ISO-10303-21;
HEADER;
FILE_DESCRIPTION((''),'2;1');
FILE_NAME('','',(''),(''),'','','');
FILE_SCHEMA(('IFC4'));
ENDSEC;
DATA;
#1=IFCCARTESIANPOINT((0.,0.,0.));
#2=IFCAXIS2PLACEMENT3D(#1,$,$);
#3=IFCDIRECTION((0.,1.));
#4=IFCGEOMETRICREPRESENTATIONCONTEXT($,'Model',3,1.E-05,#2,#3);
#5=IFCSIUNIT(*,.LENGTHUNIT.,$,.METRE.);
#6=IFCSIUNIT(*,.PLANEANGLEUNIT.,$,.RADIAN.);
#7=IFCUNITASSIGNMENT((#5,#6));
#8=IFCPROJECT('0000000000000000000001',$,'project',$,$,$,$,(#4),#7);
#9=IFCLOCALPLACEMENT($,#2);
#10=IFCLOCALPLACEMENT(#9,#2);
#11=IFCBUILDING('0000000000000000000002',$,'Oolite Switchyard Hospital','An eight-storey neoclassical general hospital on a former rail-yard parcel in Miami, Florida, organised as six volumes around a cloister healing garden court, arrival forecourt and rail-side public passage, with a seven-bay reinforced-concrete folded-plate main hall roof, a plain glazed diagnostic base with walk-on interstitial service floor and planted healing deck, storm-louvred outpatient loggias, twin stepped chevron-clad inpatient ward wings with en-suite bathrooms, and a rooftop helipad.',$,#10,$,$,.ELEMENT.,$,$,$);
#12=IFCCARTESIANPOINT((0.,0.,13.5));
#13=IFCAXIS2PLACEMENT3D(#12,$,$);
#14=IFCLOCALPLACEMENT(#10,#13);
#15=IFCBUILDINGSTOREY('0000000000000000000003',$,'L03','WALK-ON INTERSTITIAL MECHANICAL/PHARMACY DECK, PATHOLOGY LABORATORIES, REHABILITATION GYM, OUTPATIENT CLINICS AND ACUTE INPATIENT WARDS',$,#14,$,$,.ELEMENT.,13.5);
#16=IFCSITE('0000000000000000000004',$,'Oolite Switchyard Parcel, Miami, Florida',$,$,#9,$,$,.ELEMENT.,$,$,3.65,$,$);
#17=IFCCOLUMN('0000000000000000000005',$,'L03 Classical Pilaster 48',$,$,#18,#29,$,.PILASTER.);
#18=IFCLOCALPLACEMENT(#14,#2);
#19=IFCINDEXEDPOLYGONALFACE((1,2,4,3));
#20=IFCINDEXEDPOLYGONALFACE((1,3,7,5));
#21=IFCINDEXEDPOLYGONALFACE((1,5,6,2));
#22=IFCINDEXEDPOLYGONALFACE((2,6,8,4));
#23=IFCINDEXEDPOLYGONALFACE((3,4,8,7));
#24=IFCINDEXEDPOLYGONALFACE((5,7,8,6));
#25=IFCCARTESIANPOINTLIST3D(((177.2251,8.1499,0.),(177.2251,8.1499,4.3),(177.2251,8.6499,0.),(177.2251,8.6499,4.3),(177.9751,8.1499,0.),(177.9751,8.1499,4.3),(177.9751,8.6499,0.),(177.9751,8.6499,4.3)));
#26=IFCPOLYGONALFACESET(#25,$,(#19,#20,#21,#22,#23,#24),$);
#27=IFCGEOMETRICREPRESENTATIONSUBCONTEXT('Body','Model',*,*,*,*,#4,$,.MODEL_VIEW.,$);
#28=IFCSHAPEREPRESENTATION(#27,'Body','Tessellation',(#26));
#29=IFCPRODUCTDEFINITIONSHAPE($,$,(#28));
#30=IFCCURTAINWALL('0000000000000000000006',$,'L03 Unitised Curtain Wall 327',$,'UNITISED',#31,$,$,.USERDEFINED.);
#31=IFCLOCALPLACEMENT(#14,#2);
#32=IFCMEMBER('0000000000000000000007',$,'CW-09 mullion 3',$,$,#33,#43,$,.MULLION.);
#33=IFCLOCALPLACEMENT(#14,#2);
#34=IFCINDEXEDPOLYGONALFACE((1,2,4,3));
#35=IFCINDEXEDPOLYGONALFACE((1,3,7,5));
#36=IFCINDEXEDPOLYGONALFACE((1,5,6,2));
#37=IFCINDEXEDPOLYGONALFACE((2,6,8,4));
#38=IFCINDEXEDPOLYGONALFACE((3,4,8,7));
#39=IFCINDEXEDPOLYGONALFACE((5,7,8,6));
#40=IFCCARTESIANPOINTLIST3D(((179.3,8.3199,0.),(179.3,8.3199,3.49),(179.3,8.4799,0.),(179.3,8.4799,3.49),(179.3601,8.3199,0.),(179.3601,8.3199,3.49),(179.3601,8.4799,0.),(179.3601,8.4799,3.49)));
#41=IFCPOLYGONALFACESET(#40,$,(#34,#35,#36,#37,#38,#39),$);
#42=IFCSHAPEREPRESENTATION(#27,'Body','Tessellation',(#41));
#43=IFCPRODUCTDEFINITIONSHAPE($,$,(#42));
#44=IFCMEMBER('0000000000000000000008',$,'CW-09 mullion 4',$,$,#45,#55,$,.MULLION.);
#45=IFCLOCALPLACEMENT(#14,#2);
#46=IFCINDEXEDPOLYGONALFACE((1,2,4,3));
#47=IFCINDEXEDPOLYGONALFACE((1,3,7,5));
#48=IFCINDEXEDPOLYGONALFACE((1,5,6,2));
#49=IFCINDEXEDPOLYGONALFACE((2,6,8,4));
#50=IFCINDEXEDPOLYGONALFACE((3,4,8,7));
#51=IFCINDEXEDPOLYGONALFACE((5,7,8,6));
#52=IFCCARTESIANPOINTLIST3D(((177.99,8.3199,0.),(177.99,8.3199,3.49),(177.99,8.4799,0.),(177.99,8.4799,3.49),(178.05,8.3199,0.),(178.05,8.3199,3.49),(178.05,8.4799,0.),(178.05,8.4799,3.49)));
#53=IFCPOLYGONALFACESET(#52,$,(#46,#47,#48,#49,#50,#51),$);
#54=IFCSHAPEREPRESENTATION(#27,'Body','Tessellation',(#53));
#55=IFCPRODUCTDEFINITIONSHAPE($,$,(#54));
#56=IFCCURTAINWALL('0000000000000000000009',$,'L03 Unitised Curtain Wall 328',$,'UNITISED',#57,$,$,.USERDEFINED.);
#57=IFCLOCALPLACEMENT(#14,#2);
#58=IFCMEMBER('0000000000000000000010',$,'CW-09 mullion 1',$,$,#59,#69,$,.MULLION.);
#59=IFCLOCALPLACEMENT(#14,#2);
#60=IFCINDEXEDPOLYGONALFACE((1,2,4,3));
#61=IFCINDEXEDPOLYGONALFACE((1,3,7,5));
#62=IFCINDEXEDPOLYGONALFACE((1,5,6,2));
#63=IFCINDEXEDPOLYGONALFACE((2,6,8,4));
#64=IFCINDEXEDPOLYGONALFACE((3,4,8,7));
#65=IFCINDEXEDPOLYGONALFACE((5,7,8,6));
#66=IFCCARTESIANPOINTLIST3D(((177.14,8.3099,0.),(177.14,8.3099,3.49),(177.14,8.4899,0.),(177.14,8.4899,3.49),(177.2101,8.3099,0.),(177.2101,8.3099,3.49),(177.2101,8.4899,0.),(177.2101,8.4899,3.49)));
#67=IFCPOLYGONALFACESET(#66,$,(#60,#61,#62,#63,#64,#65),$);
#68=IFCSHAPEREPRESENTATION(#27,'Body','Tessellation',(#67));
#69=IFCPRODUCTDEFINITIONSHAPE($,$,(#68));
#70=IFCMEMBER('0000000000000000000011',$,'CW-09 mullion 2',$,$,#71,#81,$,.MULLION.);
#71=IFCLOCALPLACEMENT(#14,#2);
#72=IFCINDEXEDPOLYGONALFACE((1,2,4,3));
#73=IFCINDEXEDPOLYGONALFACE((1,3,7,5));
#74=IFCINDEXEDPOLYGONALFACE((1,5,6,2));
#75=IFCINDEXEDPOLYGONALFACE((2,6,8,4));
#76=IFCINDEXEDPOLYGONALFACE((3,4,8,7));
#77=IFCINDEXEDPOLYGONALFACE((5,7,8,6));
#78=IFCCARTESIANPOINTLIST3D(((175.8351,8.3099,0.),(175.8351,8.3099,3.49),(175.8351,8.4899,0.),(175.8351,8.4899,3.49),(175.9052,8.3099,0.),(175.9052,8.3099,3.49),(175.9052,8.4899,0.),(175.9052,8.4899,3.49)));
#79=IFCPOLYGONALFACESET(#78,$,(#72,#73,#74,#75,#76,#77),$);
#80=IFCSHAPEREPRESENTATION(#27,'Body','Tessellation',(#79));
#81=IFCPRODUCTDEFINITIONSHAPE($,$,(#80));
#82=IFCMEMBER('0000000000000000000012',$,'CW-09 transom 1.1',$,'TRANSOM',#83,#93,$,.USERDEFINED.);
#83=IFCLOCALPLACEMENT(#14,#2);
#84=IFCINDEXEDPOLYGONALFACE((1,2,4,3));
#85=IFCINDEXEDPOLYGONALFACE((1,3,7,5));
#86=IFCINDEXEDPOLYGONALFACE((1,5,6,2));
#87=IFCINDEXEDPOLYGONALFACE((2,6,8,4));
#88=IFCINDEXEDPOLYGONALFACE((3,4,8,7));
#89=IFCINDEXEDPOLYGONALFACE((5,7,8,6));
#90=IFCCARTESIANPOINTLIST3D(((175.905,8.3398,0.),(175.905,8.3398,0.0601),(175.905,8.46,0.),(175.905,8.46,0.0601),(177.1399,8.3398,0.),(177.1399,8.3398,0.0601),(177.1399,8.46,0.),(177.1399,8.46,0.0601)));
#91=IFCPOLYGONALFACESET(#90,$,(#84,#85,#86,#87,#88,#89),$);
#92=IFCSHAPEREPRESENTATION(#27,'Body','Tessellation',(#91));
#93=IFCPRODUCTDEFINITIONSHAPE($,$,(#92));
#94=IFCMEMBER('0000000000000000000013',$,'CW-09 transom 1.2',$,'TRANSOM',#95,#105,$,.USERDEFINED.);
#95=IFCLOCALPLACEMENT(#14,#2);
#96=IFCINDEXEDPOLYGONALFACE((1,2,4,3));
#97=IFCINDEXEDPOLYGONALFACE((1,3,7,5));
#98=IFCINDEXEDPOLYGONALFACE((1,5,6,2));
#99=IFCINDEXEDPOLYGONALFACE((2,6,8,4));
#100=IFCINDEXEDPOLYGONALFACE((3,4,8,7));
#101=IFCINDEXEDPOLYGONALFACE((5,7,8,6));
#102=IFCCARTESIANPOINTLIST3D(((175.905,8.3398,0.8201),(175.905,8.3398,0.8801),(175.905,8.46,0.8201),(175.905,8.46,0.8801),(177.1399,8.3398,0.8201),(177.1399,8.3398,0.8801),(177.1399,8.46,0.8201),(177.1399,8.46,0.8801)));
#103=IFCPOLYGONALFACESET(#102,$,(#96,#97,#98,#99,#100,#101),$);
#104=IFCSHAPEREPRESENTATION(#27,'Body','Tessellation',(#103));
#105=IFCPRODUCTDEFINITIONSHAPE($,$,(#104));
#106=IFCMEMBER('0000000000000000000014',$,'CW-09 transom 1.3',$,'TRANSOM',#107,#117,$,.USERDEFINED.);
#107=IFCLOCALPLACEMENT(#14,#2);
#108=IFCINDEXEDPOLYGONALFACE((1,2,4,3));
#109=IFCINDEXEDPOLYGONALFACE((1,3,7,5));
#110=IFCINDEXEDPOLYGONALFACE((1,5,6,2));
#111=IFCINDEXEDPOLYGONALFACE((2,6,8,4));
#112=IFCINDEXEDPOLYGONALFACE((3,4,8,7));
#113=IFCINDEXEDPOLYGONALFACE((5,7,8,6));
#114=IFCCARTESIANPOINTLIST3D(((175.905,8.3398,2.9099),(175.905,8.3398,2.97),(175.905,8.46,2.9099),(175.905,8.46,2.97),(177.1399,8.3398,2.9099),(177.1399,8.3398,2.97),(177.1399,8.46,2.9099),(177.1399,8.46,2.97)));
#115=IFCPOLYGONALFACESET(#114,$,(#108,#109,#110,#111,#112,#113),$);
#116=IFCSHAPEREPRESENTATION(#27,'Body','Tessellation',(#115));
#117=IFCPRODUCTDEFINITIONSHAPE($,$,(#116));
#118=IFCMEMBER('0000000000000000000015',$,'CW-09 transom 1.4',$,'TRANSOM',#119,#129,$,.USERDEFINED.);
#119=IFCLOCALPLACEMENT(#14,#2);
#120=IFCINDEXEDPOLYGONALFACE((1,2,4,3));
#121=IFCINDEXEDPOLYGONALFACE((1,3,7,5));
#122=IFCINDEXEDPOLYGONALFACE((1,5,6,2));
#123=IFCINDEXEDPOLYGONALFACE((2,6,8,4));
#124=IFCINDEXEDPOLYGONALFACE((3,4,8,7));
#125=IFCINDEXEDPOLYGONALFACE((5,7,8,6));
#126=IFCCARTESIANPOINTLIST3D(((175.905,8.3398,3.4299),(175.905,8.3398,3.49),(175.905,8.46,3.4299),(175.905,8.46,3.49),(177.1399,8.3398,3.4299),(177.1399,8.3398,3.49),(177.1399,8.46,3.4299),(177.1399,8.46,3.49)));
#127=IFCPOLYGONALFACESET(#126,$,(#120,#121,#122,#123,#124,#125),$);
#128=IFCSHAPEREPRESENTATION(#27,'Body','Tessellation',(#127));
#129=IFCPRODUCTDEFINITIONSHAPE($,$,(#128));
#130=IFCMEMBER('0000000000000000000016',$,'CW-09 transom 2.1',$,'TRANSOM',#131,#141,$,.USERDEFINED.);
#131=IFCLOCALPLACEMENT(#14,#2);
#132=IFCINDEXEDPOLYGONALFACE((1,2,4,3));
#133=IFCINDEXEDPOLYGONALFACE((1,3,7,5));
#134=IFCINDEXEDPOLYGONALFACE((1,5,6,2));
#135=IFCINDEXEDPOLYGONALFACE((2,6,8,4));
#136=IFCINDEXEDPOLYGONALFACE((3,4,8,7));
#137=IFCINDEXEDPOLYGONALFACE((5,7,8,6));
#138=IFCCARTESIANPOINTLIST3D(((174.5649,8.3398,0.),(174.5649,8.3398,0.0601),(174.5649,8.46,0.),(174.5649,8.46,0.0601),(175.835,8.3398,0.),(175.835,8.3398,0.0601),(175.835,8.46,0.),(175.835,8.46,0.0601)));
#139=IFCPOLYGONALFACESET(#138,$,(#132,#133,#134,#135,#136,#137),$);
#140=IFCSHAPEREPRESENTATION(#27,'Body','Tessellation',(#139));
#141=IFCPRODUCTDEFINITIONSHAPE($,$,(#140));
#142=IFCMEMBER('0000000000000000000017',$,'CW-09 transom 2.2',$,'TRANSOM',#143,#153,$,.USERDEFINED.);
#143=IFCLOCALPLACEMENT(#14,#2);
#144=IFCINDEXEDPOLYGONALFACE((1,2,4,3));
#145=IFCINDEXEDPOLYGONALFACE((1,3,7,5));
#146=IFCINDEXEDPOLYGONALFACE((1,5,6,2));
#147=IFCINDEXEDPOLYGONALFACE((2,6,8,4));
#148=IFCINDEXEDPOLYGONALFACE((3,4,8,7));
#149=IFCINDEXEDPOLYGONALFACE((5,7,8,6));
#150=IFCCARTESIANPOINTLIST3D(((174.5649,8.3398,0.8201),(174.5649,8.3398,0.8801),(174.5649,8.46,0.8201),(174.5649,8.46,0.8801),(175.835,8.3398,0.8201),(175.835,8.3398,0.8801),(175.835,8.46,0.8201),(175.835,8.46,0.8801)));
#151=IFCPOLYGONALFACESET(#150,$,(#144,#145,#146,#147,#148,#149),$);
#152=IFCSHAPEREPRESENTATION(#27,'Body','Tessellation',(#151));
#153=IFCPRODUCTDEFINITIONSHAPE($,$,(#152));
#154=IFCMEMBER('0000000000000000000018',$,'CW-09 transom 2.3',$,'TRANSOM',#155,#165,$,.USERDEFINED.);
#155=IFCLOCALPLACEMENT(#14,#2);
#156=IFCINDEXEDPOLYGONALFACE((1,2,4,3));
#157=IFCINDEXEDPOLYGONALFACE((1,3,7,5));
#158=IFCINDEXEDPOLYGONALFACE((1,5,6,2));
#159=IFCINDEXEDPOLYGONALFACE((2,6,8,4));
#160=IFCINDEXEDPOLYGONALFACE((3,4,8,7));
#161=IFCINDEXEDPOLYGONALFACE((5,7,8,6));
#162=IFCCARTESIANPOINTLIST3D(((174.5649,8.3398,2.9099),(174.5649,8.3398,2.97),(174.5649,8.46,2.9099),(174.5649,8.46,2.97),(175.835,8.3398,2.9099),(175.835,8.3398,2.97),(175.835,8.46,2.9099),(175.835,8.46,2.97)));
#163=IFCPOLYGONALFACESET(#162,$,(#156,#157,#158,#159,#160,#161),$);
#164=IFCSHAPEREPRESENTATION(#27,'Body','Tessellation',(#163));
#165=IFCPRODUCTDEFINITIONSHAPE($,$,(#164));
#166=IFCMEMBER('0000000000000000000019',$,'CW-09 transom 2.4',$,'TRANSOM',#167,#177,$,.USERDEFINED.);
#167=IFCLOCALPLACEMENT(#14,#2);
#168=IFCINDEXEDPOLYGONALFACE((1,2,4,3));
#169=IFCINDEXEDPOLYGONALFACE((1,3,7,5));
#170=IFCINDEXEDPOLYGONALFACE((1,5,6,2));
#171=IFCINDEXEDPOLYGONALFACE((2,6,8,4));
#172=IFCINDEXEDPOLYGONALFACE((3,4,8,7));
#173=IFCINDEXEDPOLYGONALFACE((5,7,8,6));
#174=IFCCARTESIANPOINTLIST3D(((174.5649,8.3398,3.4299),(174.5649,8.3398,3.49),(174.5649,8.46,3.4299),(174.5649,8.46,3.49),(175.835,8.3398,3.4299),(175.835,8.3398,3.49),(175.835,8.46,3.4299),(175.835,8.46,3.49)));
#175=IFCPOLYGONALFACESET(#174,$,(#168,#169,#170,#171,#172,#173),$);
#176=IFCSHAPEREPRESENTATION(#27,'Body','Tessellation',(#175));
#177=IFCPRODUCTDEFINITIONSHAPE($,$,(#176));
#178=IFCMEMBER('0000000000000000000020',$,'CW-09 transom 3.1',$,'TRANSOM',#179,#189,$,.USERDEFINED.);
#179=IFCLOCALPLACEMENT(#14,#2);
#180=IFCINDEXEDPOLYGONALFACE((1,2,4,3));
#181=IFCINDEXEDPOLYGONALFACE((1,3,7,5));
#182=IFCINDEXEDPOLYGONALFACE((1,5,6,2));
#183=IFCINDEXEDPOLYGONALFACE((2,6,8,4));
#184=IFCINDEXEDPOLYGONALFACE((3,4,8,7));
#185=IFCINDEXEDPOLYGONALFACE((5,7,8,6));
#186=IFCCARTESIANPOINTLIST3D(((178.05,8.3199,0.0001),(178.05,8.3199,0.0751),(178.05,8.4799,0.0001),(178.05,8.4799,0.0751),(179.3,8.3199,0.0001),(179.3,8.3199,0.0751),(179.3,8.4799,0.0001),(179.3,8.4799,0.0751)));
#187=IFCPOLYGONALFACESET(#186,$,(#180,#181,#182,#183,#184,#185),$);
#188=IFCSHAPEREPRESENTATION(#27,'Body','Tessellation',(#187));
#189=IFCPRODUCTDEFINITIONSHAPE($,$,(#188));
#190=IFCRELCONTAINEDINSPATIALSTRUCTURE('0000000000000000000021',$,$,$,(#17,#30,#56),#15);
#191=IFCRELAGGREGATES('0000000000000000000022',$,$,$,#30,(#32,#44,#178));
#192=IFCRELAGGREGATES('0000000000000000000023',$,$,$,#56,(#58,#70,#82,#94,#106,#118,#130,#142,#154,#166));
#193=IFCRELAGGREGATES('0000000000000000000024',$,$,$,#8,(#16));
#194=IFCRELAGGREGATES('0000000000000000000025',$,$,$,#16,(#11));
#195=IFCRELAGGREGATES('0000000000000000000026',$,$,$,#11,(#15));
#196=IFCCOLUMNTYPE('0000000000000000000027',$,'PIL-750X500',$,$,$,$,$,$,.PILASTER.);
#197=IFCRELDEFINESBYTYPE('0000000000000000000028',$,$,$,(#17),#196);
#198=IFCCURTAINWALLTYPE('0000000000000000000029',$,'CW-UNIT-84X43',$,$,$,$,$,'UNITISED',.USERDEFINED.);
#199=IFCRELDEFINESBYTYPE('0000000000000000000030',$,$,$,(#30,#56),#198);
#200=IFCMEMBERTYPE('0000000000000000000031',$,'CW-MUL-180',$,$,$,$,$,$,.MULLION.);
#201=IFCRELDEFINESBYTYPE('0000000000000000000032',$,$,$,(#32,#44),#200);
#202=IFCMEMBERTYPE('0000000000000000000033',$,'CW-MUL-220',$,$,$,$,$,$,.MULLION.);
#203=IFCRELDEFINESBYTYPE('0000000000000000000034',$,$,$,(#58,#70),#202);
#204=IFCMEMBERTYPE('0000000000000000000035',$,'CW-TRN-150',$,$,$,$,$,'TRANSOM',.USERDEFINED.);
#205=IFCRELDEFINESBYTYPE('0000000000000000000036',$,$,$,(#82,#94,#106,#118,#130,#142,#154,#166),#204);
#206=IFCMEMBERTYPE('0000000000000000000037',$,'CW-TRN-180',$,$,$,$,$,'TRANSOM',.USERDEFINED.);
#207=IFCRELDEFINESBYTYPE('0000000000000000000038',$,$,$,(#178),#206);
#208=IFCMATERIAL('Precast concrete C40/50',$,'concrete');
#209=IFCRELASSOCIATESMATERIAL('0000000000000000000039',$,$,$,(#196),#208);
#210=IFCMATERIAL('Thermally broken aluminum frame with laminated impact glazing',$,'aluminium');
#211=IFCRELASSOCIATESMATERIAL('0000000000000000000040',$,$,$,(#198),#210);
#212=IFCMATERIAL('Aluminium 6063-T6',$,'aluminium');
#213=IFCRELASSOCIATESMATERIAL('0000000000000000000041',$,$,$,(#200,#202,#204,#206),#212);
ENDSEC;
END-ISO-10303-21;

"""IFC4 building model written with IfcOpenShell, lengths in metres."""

from ifc_helpers import new_model, si_unit, direction, frame, origin, origin_2d, place, context, subcontext, project, spatial, rectangle, extrude, material, material_profile, profile_set, type_object, element, aggregate, save


model = new_model("IFC4")

# Units and contexts
model_context = context("Model", 3, precision=1e-05, world=origin(), true_north=direction((0.0, 1.0)))
body_context = subcontext(model_context, "Body", "Model", "MODEL_VIEW")
ifc_project = project(units=[si_unit("LENGTHUNIT", "METRE"), si_unit("PLANEANGLEUNIT", "RADIAN")], contexts=[model_context])

# Site, building, storey
site_placement = place(None, origin())
site = spatial("IfcSite", under=ifc_project, at=site_placement, Name="Oolite Switchyard Parcel, Miami, Florida", CompositionType="ELEMENT", RefElevation=3.65)
building_placement = place(site_placement, origin())
building = spatial("IfcBuilding", under=site, at=building_placement, Name="Oolite Switchyard Hospital", Description="An eight-storey neoclassical general hospital on a former rail-yard parcel in Miami, Florida, organised as six volumes around a cloister healing garden court, arrival forecourt and rail-side public passage, with a seven-bay reinforced-concrete folded-plate main hall roof, a plain glazed diagnostic base with walk-on interstitial service floor and planted healing deck, storm-louvred outpatient loggias, twin stepped chevron-clad inpatient ward wings with en-suite bathrooms, and a rooftop helipad.", CompositionType="ELEMENT")
storey_placement = place(building_placement, frame((0.0, 0.0, 13.5)))
storey = spatial("IfcBuildingStorey", under=building, at=storey_placement, Name="L03", Description="WALK-ON INTERSTITIAL MECHANICAL/PHARMACY DECK, PATHOLOGY LABORATORIES, REHABILITATION GYM, OUTPATIENT CLINICS AND ACUTE INPATIENT WARDS", CompositionType="ELEMENT", Elevation=13.5)

# Column
ifc_material_1 = material(Name="Precast concrete C40/50", Category="concrete")
ifc_material_profile_1 = material_profile(ifc_material_1, rectangle(XDim=0.75, YDim=0.5, at=origin_2d()), Name="PIL750X500")
ifc_profile_set_1 = profile_set([ifc_material_profile_1], Name="Precast concrete C40/50")
column_type = type_object("IfcColumnType", Name="PIL-750X500", PredefinedType="PILASTER", material=ifc_profile_set_1)
column_placement = place(storey_placement, frame((177.6001, 8.3999, 0.0), z_axis=(0.0, 0.0, 1.0), x_axis=(1.0, 0.0, 0.0)))
element("IfcColumn", 1, at=column_placement, inside=storey, type_object=column_type, Name="L03 Classical Pilaster 48", PredefinedType="PILASTER", context=body_context, shape_type="SweptSolid", body=[
    extrude(rectangle(XDim=0.75, YDim=0.5, at=origin_2d()), origin(), (0.0, 0.0, 1.0), 4.3),
])

# Curtain walls, members
ifc_material_2 = material(Name="Thermally broken aluminum frame with laminated impact glazing", Category="aluminium")
curtain_wall_type = type_object("IfcCurtainWallType", Name="CW-UNIT-84X43", ElementType="UNITISED", PredefinedType="USERDEFINED", material=ifc_material_2)
curtain_wall_1_placement = place(storey_placement, origin())
curtain_wall_1 = element("IfcCurtainWall", 2, at=curtain_wall_1_placement, inside=storey, type_object=curtain_wall_type, Name="L03 Unitised Curtain Wall 327", ObjectType="UNITISED", PredefinedType="USERDEFINED")
ifc_material_3 = material(Name="Aluminium 6063-T6", Category="aluminium")
ifc_material_profile_2 = material_profile(ifc_material_3, rectangle(XDim=0.1599, YDim=0.0601, at=origin_2d()), Name="CWM60X160")
ifc_profile_set_2 = profile_set([ifc_material_profile_2], Name="Aluminium 6063-T6")
member_type_1 = type_object("IfcMemberType", Name="CW-MUL-180", PredefinedType="MULLION", material=ifc_profile_set_2)
member_1_placement = place(storey_placement, frame((179.3301, 8.3999, 0.0), z_axis=(0.0, 0.0, 1.0), x_axis=(0.0, -1.0, 0.0)))
member_1 = element("IfcMember", 3, at=member_1_placement, type_object=member_type_1, Name="CW-09 mullion 3", PredefinedType="MULLION", context=body_context, shape_type="SweptSolid", body=[
    extrude(rectangle(XDim=0.1599, YDim=0.0601, at=origin_2d()), origin(), (0.0, 0.0, 1.0), 3.49),
])
member_2_placement = place(storey_placement, frame((178.02, 8.3999, 0.0), z_axis=(0.0, 0.0, 1.0), x_axis=(0.0, -1.0, 0.0)))
member_2 = element("IfcMember", 4, at=member_2_placement, type_object=member_type_1, Name="CW-09 mullion 4", PredefinedType="MULLION", context=body_context, shape_type="SweptSolid", body=[
    extrude(rectangle(XDim=0.1599, YDim=0.0601, at=origin_2d()), origin(), (0.0, 0.0, 1.0), 3.49),
])
curtain_wall_2_placement = place(storey_placement, origin())
curtain_wall_2 = element("IfcCurtainWall", 5, at=curtain_wall_2_placement, inside=storey, type_object=curtain_wall_type, Name="L03 Unitised Curtain Wall 328", ObjectType="UNITISED", PredefinedType="USERDEFINED")
ifc_material_profile_3 = material_profile(ifc_material_3, rectangle(XDim=0.1799, YDim=0.0701, at=origin_2d()), Name="CWM70X180")
ifc_profile_set_3 = profile_set([ifc_material_profile_3], Name="Aluminium 6063-T6")
member_type_2 = type_object("IfcMemberType", Name="CW-MUL-220", PredefinedType="MULLION", material=ifc_profile_set_3)
member_3_placement = place(storey_placement, frame((177.175, 8.3999, 0.0), z_axis=(0.0, 0.0, 1.0), x_axis=(0.0, -1.0, 0.0)))
member_3 = element("IfcMember", 6, at=member_3_placement, type_object=member_type_2, Name="CW-09 mullion 1", PredefinedType="MULLION", context=body_context, shape_type="SweptSolid", body=[
    extrude(rectangle(XDim=0.1799, YDim=0.0701, at=origin_2d()), origin(), (0.0, 0.0, 1.0), 3.49),
])
member_4_placement = place(storey_placement, frame((175.8701, 8.3999, 0.0), z_axis=(0.0, 0.0, 1.0), x_axis=(0.0, -1.0, 0.0)))
member_4 = element("IfcMember", 7, at=member_4_placement, type_object=member_type_2, Name="CW-09 mullion 2", PredefinedType="MULLION", context=body_context, shape_type="SweptSolid", body=[
    extrude(rectangle(XDim=0.1799, YDim=0.0701, at=origin_2d()), origin(), (0.0, 0.0, 1.0), 3.49),
])
ifc_material_profile_4 = material_profile(ifc_material_3, rectangle(XDim=0.1201, YDim=0.0601, at=origin_2d()), Name="CWT60X120")
ifc_profile_set_4 = profile_set([ifc_material_profile_4], Name="Aluminium 6063-T6")
member_type_3 = type_object("IfcMemberType", Name="CW-TRN-150", ElementType="TRANSOM", PredefinedType="USERDEFINED", material=ifc_profile_set_4)
member_5_placement = place(storey_placement, frame((177.1399, 8.3999, 0.03), z_axis=(-1.0, 0.0, 0.0), x_axis=(0.0, -1.0, 0.0)))
member_5 = element("IfcMember", 8, at=member_5_placement, type_object=member_type_3, Name="CW-09 transom 1.1", ObjectType="TRANSOM", PredefinedType="USERDEFINED", context=body_context, shape_type="SweptSolid", body=[
    extrude(rectangle(XDim=0.1201, YDim=0.0601, at=origin_2d()), origin(), (0.0, 0.0, 1.0), 1.2349),
])
member_6_placement = place(storey_placement, frame((177.1399, 8.3999, 0.8501), z_axis=(-1.0, 0.0, 0.0), x_axis=(0.0, -1.0, 0.0)))
member_6 = element("IfcMember", 9, at=member_6_placement, type_object=member_type_3, Name="CW-09 transom 1.2", ObjectType="TRANSOM", PredefinedType="USERDEFINED", context=body_context, shape_type="SweptSolid", body=[
    extrude(rectangle(XDim=0.1201, YDim=0.0601, at=origin_2d()), origin(), (0.0, 0.0, 1.0), 1.2349),
])
member_7_placement = place(storey_placement, frame((177.1399, 8.3999, 2.9399), z_axis=(-1.0, 0.0, 0.0), x_axis=(0.0, -1.0, 0.0)))
member_7 = element("IfcMember", 10, at=member_7_placement, type_object=member_type_3, Name="CW-09 transom 1.3", ObjectType="TRANSOM", PredefinedType="USERDEFINED", context=body_context, shape_type="SweptSolid", body=[
    extrude(rectangle(XDim=0.1201, YDim=0.0601, at=origin_2d()), origin(), (0.0, 0.0, 1.0), 1.2349),
])
member_8_placement = place(storey_placement, frame((177.1399, 8.3999, 3.46), z_axis=(-1.0, 0.0, 0.0), x_axis=(0.0, -1.0, 0.0)))
member_8 = element("IfcMember", 11, at=member_8_placement, type_object=member_type_3, Name="CW-09 transom 1.4", ObjectType="TRANSOM", PredefinedType="USERDEFINED", context=body_context, shape_type="SweptSolid", body=[
    extrude(rectangle(XDim=0.1201, YDim=0.0601, at=origin_2d()), origin(), (0.0, 0.0, 1.0), 1.2349),
])
member_9_placement = place(storey_placement, frame((175.835, 8.3999, 0.03), z_axis=(-1.0, 0.0, 0.0), x_axis=(0.0, -1.0, 0.0)))
member_9 = element("IfcMember", 12, at=member_9_placement, type_object=member_type_3, Name="CW-09 transom 2.1", ObjectType="TRANSOM", PredefinedType="USERDEFINED", context=body_context, shape_type="SweptSolid", body=[
    extrude(rectangle(XDim=0.1201, YDim=0.0601, at=origin_2d()), origin(), (0.0, 0.0, 1.0), 1.27),
])
member_10_placement = place(storey_placement, frame((175.835, 8.3999, 0.8501), z_axis=(-1.0, 0.0, 0.0), x_axis=(0.0, -1.0, 0.0)))
member_10 = element("IfcMember", 13, at=member_10_placement, type_object=member_type_3, Name="CW-09 transom 2.2", ObjectType="TRANSOM", PredefinedType="USERDEFINED", context=body_context, shape_type="SweptSolid", body=[
    extrude(rectangle(XDim=0.1201, YDim=0.0601, at=origin_2d()), origin(), (0.0, 0.0, 1.0), 1.27),
])
member_11_placement = place(storey_placement, frame((175.835, 8.3999, 2.9399), z_axis=(-1.0, 0.0, 0.0), x_axis=(0.0, -1.0, 0.0)))
member_11 = element("IfcMember", 14, at=member_11_placement, type_object=member_type_3, Name="CW-09 transom 2.3", ObjectType="TRANSOM", PredefinedType="USERDEFINED", context=body_context, shape_type="SweptSolid", body=[
    extrude(rectangle(XDim=0.1201, YDim=0.0601, at=origin_2d()), origin(), (0.0, 0.0, 1.0), 1.27),
])
member_12_placement = place(storey_placement, frame((175.835, 8.3999, 3.46), z_axis=(-1.0, 0.0, 0.0), x_axis=(0.0, -1.0, 0.0)))
member_12 = element("IfcMember", 15, at=member_12_placement, type_object=member_type_3, Name="CW-09 transom 2.4", ObjectType="TRANSOM", PredefinedType="USERDEFINED", context=body_context, shape_type="SweptSolid", body=[
    extrude(rectangle(XDim=0.1201, YDim=0.0601, at=origin_2d()), origin(), (0.0, 0.0, 1.0), 1.27),
])

# Member
ifc_material_profile_5 = material_profile(ifc_material_3, rectangle(XDim=0.1599, YDim=0.075, at=origin_2d()), Name="CWT75X160")
ifc_profile_set_5 = profile_set([ifc_material_profile_5], Name="Aluminium 6063-T6")
member_type_4 = type_object("IfcMemberType", Name="CW-TRN-180", ElementType="TRANSOM", PredefinedType="USERDEFINED", material=ifc_profile_set_5)
member_13_placement = place(storey_placement, frame((179.3, 8.3999, 0.0376), z_axis=(-1.0, 0.0, 0.0), x_axis=(0.0, -1.0, 0.0)))
member_13 = element("IfcMember", 16, at=member_13_placement, type_object=member_type_4, Name="CW-09 transom 3.1", ObjectType="TRANSOM", PredefinedType="USERDEFINED", context=body_context, shape_type="SweptSolid", body=[
    extrude(rectangle(XDim=0.1599, YDim=0.075, at=origin_2d()), origin(), (0.0, 0.0, 1.0), 1.25),
])

aggregate(curtain_wall_1, [member_1, member_2, member_13])
aggregate(curtain_wall_2, [member_3, member_4, member_5, member_6, member_7, member_8, member_9, member_10, member_11, member_12])

save(model, "model.ifc")
